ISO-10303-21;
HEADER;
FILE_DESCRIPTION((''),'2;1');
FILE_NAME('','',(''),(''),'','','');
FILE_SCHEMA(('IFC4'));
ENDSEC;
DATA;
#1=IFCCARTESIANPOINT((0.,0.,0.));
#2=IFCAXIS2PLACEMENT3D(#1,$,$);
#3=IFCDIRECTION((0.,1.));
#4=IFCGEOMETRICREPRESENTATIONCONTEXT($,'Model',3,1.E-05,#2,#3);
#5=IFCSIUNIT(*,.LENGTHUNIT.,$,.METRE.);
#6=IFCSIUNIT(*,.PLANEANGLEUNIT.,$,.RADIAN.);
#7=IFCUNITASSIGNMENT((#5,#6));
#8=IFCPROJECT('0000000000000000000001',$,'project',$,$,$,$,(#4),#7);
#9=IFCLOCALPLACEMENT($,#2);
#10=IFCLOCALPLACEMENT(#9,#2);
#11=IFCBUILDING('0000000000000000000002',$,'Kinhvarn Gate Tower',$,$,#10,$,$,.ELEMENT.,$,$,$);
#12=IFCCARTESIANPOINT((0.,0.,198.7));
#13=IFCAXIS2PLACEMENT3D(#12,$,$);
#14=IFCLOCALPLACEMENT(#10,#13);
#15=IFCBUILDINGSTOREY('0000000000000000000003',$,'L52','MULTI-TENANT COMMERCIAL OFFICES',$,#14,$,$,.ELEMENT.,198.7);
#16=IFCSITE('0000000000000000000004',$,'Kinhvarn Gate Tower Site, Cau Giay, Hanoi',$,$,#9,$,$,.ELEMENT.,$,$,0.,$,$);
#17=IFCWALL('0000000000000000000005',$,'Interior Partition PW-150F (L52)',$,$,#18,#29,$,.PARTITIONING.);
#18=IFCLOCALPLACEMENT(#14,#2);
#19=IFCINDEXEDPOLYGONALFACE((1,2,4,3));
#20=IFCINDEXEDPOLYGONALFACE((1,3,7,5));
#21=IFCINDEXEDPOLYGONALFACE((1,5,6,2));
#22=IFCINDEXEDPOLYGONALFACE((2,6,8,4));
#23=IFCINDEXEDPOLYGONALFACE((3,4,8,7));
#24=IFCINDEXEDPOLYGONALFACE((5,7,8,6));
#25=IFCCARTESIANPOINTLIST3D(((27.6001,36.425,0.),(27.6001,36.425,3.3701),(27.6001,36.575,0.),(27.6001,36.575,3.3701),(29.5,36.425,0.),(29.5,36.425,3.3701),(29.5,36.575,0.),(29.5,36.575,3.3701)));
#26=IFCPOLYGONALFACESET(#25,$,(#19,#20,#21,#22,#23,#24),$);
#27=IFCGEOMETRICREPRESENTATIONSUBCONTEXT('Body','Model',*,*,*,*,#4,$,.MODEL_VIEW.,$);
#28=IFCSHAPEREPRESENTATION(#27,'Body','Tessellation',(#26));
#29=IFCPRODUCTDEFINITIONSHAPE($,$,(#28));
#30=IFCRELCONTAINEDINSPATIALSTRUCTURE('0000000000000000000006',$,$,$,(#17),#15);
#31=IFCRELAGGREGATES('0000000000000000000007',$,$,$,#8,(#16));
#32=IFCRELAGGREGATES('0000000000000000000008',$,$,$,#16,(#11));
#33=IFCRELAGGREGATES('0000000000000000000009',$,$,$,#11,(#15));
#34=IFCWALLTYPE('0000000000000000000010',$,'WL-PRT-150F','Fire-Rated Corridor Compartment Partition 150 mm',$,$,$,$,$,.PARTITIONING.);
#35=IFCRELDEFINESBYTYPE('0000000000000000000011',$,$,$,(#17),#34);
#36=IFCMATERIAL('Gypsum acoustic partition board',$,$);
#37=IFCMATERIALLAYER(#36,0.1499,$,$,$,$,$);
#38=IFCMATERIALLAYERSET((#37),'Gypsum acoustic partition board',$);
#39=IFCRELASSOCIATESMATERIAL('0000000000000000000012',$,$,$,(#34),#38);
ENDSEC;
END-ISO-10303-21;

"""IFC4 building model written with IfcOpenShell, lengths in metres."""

from ifc_helpers import new_model, si_unit, direction, frame, frame_2d, origin, place, context, subcontext, project, spatial, rectangle, extrude, material, layer, layer_set, type_object, element, save


model = new_model("IFC4")

# Units and contexts
model_context = context("Model", 3, precision=1e-05, world=origin(), true_north=direction((0.0, 1.0)))
body_context = subcontext(model_context, "Body", "Model", "MODEL_VIEW")
ifc_project = project(units=[si_unit("LENGTHUNIT", "METRE"), si_unit("PLANEANGLEUNIT", "RADIAN")], contexts=[model_context])

# Site, building, storey
site_placement = place(None, origin())
site = spatial("IfcSite", under=ifc_project, at=site_placement, Name="Kinhvarn Gate Tower Site, Cau Giay, Hanoi", CompositionType="ELEMENT", RefElevation=0.0)
building_placement = place(site_placement, origin())
building = spatial("IfcBuilding", under=site, at=building_placement, Name="Kinhvarn Gate Tower", CompositionType="ELEMENT")
storey_placement = place(building_placement, frame((0.0, 0.0, 198.7)))
storey = spatial("IfcBuildingStorey", under=building, at=storey_placement, Name="L52", Description="MULTI-TENANT COMMERCIAL OFFICES", CompositionType="ELEMENT", Elevation=198.7)

# Shared definitions
ifc_material_1 = material(Name="Gypsum acoustic partition board")

# Wall
ifc_layer_1 = layer(ifc_material_1, 0.1499)
ifc_layer_set_1 = layer_set([ifc_layer_1], Name="Gypsum acoustic partition board")
wall_type_1 = type_object("IfcWallType", Name="WL-PRT-150F", Description="Fire-Rated Corridor Compartment Partition 150 mm", PredefinedType="PARTITIONING", material=ifc_layer_set_1)
wall_1_placement = place(storey_placement, frame((27.6001, 36.5, 0.0), z_axis=(0.0, 0.0, 1.0), x_axis=(1.0, 0.0, 0.0)))
element("IfcWall", 1, at=wall_1_placement, inside=storey, type_object=wall_type_1, Name="Interior Partition PW-150F (L52)", PredefinedType="PARTITIONING", context=body_context, shape_type="SweptSolid", body=[
    extrude(rectangle(XDim=1.8999, YDim=0.1499, at=frame_2d((0.95, 0.0))), origin(), (0.0, 0.0, 1.0), 3.3701),
])

save(model, "model.ifc")
